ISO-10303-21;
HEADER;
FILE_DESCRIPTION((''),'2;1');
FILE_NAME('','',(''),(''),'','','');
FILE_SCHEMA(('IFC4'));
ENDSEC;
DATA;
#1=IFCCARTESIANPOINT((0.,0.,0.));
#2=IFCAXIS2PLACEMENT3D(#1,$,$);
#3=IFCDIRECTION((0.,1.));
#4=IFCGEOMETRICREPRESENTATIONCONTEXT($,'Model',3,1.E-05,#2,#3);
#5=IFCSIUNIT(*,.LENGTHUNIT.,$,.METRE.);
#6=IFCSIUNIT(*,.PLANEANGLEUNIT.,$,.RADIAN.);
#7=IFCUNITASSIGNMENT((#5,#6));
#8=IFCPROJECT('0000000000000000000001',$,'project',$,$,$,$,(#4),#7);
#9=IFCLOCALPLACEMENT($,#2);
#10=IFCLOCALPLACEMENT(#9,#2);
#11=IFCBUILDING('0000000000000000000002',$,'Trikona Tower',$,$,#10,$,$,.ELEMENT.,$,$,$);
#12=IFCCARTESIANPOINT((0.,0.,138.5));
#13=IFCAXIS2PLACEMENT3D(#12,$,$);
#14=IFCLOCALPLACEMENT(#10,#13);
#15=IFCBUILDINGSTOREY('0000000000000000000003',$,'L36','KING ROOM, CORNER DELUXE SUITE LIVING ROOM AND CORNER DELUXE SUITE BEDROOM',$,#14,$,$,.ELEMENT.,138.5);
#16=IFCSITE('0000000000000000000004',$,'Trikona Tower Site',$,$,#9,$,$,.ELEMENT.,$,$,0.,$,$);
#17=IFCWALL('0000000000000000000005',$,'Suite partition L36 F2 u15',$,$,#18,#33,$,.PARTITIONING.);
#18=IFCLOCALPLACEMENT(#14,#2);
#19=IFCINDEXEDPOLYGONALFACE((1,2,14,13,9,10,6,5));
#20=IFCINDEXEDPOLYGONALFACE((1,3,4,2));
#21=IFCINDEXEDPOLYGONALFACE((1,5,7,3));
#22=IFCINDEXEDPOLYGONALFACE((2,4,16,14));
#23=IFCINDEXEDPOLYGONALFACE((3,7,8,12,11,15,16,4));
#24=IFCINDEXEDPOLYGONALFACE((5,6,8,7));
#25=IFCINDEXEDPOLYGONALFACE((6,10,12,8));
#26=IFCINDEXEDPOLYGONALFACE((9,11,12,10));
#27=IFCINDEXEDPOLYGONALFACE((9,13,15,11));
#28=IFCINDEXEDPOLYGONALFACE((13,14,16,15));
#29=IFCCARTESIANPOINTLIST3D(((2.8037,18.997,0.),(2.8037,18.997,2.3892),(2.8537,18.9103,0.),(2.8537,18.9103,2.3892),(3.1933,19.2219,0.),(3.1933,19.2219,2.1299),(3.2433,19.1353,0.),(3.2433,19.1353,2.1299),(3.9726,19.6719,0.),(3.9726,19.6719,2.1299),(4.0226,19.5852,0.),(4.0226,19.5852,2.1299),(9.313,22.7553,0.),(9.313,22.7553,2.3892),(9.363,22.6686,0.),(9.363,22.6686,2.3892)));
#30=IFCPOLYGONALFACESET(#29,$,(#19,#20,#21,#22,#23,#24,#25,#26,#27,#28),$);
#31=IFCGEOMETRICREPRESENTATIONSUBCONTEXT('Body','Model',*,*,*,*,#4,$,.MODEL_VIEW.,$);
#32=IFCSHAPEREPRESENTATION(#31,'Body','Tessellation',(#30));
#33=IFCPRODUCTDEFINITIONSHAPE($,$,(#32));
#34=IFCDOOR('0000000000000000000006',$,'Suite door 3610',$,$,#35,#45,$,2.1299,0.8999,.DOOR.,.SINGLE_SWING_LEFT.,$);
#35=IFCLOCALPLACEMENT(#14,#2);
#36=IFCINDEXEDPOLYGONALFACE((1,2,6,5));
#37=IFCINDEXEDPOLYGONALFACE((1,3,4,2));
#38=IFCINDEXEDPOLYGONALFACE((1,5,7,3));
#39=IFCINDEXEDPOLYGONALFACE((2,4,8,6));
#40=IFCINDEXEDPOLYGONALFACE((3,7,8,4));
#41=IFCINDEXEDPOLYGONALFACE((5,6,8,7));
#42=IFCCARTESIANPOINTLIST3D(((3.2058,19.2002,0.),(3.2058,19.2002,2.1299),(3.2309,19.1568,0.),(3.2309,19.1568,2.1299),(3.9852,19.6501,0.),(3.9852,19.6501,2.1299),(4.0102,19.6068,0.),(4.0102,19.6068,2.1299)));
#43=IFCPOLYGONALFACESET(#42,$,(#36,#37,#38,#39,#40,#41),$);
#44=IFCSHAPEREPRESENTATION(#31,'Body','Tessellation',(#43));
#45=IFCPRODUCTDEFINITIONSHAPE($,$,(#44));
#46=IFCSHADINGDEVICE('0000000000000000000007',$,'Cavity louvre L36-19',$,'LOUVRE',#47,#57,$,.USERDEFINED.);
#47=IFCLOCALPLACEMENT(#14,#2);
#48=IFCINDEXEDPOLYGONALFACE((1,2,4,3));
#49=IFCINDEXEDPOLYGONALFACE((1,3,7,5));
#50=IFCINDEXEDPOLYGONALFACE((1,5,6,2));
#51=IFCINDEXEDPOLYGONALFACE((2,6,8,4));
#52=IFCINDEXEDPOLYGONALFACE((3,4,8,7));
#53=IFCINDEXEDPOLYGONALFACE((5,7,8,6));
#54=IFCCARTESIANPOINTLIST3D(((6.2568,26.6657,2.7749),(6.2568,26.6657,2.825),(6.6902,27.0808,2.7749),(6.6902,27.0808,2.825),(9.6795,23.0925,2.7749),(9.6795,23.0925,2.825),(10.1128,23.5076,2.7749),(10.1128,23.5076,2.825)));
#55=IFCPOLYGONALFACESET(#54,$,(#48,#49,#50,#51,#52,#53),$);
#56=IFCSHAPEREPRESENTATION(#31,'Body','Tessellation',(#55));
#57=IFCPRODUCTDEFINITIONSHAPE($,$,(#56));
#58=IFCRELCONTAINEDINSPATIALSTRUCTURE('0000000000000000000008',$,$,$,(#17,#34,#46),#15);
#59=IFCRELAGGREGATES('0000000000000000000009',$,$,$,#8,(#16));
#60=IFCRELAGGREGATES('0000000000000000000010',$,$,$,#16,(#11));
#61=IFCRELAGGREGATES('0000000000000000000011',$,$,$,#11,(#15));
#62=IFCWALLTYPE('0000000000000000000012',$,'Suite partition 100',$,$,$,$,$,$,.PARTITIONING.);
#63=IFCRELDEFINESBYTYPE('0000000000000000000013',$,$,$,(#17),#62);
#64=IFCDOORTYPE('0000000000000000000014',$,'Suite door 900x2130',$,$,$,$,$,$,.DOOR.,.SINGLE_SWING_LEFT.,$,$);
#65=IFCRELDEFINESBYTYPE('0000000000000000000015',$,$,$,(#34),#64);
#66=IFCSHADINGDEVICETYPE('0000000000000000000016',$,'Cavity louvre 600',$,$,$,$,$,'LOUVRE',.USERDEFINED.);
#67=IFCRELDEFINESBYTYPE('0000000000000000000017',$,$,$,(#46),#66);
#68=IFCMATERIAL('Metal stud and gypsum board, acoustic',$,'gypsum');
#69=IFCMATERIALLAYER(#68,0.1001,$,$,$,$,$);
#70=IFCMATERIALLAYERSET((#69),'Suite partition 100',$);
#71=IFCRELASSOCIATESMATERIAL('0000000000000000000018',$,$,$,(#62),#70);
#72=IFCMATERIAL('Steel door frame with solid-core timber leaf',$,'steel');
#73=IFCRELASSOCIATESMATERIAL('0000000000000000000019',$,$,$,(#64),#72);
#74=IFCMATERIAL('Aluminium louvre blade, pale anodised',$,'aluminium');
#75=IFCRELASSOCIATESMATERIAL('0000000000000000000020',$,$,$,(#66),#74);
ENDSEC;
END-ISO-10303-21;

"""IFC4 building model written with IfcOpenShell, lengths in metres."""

from ifc_helpers import new_model, si_unit, direction, frame, frame_2d, origin, origin_2d, place, context, subcontext, project, spatial, rectangle, extrude, material, layer, layer_set, type_object, element, fill, save


model = new_model("IFC4")

# Units and contexts
model_context = context("Model", 3, precision=1e-05, world=origin(), true_north=direction((0.0, 1.0)))
body_context = subcontext(model_context, "Body", "Model", "MODEL_VIEW")
ifc_project = project(units=[si_unit("LENGTHUNIT", "METRE"), si_unit("PLANEANGLEUNIT", "RADIAN")], contexts=[model_context])

# Site, building, storey
site_placement = place(None, origin())
site = spatial("IfcSite", under=ifc_project, at=site_placement, Name="Trikona Tower Site", CompositionType="ELEMENT", RefElevation=0.0)
building_placement = place(site_placement, origin())
building = spatial("IfcBuilding", under=site, at=building_placement, Name="Trikona Tower", CompositionType="ELEMENT")
storey_placement = place(building_placement, frame((0.0, 0.0, 138.5)))
storey = spatial("IfcBuildingStorey", under=building, at=storey_placement, Name="L36", Description="KING ROOM, CORNER DELUXE SUITE LIVING ROOM AND CORNER DELUXE SUITE BEDROOM", CompositionType="ELEMENT", Elevation=138.5)

# Wall, opening, door
ifc_material_1 = material(Name="Metal stud and gypsum board, acoustic", Category="gypsum")
ifc_layer_1 = layer(ifc_material_1, 0.1001)
ifc_layer_set_1 = layer_set([ifc_layer_1], Name="Suite partition 100")
wall_type_1 = type_object("IfcWallType", Name="Suite partition 100", PredefinedType="PARTITIONING", material=ifc_layer_set_1)
wall_1_placement = place(storey_placement, frame((2.8286, 18.9536, 0.0), z_axis=(0.0, 0.0, 1.0), x_axis=(0.866016, 0.500017, 0.0)))
wall_1 = element("IfcWall", 1, at=wall_1_placement, inside=storey, type_object=wall_type_1, Name="Suite partition L36 F2 u15", PredefinedType="PARTITIONING", context=body_context, shape_type="SweptSolid", body=[
    extrude(rectangle(XDim=7.5164, YDim=0.1001, at=frame_2d((3.7583, 0.0))), origin(), (0.0, 0.0, 1.0), 2.3892),
])
opening_1_placement = place(wall_1_placement, frame((0.45, 0.0, 0.0)))
opening_1 = element("IfcOpeningElement", 2, at=opening_1_placement, cuts=wall_1, PredefinedType="OPENING", context=body_context, shape_type="SweptSolid", body=[
    extrude(rectangle(XDim=0.8999, YDim=2.1299, at=frame_2d((0.45, 1.0649))), frame((0.0, 0.0601, 0.0), z_axis=(0.0, -1.0, 0.0), x_axis=(1.0, 0.0, 0.0)), (0.0, 0.0, 1.0), 0.1201),
])
ifc_material_2 = material(Name="Steel door frame with solid-core timber leaf", Category="steel")
door_type_1 = type_object("IfcDoorType", Name="Suite door 900x2130", OperationType="SINGLE_SWING_LEFT", PredefinedType="DOOR", material=ifc_material_2)
door_1_placement = place(opening_1_placement, origin())
door_1 = element("IfcDoor", 3, at=door_1_placement, inside=storey, type_object=door_type_1, Name="Suite door 3610", OperationType="SINGLE_SWING_LEFT", OverallHeight=2.1299, OverallWidth=0.8999, PredefinedType="DOOR", context=body_context, shape_type="SweptSolid", body=[
    extrude(rectangle(XDim=0.8999, YDim=2.1299, at=frame_2d((0.45, 1.0649))), frame((0.0, 0.0249, 0.0), z_axis=(0.0, -1.0, 0.0), x_axis=(1.0, 0.0, 0.0)), (0.0, 0.0, 1.0), 0.05),
])
fill(opening_1, door_1)

# Shading device
ifc_material_3 = material(Name="Aluminium louvre blade, pale anodised", Category="aluminium")
shading_device_type = type_object("IfcShadingDeviceType", Name="Cavity louvre 600", ElementType="LOUVRE", PredefinedType="USERDEFINED", material=ifc_material_3)
shading_device_placement = place(storey_placement, frame((8.1848, 25.0867, 2.7749), z_axis=(0.0, 0.0, 1.0), x_axis=(-0.691724, 0.722162, 0.0)))
element("IfcShadingDevice", 4, at=shading_device_placement, inside=storey, type_object=shading_device_type, Name="Cavity louvre L36-19", ObjectType="LOUVRE", PredefinedType="USERDEFINED", context=body_context, shape_type="SweptSolid", body=[
    extrude(rectangle(XDim=4.948, YDim=0.6001, at=origin_2d()), origin(), (0.0, 0.0, 1.0), 0.05),
])

save(model, "model.ifc")
